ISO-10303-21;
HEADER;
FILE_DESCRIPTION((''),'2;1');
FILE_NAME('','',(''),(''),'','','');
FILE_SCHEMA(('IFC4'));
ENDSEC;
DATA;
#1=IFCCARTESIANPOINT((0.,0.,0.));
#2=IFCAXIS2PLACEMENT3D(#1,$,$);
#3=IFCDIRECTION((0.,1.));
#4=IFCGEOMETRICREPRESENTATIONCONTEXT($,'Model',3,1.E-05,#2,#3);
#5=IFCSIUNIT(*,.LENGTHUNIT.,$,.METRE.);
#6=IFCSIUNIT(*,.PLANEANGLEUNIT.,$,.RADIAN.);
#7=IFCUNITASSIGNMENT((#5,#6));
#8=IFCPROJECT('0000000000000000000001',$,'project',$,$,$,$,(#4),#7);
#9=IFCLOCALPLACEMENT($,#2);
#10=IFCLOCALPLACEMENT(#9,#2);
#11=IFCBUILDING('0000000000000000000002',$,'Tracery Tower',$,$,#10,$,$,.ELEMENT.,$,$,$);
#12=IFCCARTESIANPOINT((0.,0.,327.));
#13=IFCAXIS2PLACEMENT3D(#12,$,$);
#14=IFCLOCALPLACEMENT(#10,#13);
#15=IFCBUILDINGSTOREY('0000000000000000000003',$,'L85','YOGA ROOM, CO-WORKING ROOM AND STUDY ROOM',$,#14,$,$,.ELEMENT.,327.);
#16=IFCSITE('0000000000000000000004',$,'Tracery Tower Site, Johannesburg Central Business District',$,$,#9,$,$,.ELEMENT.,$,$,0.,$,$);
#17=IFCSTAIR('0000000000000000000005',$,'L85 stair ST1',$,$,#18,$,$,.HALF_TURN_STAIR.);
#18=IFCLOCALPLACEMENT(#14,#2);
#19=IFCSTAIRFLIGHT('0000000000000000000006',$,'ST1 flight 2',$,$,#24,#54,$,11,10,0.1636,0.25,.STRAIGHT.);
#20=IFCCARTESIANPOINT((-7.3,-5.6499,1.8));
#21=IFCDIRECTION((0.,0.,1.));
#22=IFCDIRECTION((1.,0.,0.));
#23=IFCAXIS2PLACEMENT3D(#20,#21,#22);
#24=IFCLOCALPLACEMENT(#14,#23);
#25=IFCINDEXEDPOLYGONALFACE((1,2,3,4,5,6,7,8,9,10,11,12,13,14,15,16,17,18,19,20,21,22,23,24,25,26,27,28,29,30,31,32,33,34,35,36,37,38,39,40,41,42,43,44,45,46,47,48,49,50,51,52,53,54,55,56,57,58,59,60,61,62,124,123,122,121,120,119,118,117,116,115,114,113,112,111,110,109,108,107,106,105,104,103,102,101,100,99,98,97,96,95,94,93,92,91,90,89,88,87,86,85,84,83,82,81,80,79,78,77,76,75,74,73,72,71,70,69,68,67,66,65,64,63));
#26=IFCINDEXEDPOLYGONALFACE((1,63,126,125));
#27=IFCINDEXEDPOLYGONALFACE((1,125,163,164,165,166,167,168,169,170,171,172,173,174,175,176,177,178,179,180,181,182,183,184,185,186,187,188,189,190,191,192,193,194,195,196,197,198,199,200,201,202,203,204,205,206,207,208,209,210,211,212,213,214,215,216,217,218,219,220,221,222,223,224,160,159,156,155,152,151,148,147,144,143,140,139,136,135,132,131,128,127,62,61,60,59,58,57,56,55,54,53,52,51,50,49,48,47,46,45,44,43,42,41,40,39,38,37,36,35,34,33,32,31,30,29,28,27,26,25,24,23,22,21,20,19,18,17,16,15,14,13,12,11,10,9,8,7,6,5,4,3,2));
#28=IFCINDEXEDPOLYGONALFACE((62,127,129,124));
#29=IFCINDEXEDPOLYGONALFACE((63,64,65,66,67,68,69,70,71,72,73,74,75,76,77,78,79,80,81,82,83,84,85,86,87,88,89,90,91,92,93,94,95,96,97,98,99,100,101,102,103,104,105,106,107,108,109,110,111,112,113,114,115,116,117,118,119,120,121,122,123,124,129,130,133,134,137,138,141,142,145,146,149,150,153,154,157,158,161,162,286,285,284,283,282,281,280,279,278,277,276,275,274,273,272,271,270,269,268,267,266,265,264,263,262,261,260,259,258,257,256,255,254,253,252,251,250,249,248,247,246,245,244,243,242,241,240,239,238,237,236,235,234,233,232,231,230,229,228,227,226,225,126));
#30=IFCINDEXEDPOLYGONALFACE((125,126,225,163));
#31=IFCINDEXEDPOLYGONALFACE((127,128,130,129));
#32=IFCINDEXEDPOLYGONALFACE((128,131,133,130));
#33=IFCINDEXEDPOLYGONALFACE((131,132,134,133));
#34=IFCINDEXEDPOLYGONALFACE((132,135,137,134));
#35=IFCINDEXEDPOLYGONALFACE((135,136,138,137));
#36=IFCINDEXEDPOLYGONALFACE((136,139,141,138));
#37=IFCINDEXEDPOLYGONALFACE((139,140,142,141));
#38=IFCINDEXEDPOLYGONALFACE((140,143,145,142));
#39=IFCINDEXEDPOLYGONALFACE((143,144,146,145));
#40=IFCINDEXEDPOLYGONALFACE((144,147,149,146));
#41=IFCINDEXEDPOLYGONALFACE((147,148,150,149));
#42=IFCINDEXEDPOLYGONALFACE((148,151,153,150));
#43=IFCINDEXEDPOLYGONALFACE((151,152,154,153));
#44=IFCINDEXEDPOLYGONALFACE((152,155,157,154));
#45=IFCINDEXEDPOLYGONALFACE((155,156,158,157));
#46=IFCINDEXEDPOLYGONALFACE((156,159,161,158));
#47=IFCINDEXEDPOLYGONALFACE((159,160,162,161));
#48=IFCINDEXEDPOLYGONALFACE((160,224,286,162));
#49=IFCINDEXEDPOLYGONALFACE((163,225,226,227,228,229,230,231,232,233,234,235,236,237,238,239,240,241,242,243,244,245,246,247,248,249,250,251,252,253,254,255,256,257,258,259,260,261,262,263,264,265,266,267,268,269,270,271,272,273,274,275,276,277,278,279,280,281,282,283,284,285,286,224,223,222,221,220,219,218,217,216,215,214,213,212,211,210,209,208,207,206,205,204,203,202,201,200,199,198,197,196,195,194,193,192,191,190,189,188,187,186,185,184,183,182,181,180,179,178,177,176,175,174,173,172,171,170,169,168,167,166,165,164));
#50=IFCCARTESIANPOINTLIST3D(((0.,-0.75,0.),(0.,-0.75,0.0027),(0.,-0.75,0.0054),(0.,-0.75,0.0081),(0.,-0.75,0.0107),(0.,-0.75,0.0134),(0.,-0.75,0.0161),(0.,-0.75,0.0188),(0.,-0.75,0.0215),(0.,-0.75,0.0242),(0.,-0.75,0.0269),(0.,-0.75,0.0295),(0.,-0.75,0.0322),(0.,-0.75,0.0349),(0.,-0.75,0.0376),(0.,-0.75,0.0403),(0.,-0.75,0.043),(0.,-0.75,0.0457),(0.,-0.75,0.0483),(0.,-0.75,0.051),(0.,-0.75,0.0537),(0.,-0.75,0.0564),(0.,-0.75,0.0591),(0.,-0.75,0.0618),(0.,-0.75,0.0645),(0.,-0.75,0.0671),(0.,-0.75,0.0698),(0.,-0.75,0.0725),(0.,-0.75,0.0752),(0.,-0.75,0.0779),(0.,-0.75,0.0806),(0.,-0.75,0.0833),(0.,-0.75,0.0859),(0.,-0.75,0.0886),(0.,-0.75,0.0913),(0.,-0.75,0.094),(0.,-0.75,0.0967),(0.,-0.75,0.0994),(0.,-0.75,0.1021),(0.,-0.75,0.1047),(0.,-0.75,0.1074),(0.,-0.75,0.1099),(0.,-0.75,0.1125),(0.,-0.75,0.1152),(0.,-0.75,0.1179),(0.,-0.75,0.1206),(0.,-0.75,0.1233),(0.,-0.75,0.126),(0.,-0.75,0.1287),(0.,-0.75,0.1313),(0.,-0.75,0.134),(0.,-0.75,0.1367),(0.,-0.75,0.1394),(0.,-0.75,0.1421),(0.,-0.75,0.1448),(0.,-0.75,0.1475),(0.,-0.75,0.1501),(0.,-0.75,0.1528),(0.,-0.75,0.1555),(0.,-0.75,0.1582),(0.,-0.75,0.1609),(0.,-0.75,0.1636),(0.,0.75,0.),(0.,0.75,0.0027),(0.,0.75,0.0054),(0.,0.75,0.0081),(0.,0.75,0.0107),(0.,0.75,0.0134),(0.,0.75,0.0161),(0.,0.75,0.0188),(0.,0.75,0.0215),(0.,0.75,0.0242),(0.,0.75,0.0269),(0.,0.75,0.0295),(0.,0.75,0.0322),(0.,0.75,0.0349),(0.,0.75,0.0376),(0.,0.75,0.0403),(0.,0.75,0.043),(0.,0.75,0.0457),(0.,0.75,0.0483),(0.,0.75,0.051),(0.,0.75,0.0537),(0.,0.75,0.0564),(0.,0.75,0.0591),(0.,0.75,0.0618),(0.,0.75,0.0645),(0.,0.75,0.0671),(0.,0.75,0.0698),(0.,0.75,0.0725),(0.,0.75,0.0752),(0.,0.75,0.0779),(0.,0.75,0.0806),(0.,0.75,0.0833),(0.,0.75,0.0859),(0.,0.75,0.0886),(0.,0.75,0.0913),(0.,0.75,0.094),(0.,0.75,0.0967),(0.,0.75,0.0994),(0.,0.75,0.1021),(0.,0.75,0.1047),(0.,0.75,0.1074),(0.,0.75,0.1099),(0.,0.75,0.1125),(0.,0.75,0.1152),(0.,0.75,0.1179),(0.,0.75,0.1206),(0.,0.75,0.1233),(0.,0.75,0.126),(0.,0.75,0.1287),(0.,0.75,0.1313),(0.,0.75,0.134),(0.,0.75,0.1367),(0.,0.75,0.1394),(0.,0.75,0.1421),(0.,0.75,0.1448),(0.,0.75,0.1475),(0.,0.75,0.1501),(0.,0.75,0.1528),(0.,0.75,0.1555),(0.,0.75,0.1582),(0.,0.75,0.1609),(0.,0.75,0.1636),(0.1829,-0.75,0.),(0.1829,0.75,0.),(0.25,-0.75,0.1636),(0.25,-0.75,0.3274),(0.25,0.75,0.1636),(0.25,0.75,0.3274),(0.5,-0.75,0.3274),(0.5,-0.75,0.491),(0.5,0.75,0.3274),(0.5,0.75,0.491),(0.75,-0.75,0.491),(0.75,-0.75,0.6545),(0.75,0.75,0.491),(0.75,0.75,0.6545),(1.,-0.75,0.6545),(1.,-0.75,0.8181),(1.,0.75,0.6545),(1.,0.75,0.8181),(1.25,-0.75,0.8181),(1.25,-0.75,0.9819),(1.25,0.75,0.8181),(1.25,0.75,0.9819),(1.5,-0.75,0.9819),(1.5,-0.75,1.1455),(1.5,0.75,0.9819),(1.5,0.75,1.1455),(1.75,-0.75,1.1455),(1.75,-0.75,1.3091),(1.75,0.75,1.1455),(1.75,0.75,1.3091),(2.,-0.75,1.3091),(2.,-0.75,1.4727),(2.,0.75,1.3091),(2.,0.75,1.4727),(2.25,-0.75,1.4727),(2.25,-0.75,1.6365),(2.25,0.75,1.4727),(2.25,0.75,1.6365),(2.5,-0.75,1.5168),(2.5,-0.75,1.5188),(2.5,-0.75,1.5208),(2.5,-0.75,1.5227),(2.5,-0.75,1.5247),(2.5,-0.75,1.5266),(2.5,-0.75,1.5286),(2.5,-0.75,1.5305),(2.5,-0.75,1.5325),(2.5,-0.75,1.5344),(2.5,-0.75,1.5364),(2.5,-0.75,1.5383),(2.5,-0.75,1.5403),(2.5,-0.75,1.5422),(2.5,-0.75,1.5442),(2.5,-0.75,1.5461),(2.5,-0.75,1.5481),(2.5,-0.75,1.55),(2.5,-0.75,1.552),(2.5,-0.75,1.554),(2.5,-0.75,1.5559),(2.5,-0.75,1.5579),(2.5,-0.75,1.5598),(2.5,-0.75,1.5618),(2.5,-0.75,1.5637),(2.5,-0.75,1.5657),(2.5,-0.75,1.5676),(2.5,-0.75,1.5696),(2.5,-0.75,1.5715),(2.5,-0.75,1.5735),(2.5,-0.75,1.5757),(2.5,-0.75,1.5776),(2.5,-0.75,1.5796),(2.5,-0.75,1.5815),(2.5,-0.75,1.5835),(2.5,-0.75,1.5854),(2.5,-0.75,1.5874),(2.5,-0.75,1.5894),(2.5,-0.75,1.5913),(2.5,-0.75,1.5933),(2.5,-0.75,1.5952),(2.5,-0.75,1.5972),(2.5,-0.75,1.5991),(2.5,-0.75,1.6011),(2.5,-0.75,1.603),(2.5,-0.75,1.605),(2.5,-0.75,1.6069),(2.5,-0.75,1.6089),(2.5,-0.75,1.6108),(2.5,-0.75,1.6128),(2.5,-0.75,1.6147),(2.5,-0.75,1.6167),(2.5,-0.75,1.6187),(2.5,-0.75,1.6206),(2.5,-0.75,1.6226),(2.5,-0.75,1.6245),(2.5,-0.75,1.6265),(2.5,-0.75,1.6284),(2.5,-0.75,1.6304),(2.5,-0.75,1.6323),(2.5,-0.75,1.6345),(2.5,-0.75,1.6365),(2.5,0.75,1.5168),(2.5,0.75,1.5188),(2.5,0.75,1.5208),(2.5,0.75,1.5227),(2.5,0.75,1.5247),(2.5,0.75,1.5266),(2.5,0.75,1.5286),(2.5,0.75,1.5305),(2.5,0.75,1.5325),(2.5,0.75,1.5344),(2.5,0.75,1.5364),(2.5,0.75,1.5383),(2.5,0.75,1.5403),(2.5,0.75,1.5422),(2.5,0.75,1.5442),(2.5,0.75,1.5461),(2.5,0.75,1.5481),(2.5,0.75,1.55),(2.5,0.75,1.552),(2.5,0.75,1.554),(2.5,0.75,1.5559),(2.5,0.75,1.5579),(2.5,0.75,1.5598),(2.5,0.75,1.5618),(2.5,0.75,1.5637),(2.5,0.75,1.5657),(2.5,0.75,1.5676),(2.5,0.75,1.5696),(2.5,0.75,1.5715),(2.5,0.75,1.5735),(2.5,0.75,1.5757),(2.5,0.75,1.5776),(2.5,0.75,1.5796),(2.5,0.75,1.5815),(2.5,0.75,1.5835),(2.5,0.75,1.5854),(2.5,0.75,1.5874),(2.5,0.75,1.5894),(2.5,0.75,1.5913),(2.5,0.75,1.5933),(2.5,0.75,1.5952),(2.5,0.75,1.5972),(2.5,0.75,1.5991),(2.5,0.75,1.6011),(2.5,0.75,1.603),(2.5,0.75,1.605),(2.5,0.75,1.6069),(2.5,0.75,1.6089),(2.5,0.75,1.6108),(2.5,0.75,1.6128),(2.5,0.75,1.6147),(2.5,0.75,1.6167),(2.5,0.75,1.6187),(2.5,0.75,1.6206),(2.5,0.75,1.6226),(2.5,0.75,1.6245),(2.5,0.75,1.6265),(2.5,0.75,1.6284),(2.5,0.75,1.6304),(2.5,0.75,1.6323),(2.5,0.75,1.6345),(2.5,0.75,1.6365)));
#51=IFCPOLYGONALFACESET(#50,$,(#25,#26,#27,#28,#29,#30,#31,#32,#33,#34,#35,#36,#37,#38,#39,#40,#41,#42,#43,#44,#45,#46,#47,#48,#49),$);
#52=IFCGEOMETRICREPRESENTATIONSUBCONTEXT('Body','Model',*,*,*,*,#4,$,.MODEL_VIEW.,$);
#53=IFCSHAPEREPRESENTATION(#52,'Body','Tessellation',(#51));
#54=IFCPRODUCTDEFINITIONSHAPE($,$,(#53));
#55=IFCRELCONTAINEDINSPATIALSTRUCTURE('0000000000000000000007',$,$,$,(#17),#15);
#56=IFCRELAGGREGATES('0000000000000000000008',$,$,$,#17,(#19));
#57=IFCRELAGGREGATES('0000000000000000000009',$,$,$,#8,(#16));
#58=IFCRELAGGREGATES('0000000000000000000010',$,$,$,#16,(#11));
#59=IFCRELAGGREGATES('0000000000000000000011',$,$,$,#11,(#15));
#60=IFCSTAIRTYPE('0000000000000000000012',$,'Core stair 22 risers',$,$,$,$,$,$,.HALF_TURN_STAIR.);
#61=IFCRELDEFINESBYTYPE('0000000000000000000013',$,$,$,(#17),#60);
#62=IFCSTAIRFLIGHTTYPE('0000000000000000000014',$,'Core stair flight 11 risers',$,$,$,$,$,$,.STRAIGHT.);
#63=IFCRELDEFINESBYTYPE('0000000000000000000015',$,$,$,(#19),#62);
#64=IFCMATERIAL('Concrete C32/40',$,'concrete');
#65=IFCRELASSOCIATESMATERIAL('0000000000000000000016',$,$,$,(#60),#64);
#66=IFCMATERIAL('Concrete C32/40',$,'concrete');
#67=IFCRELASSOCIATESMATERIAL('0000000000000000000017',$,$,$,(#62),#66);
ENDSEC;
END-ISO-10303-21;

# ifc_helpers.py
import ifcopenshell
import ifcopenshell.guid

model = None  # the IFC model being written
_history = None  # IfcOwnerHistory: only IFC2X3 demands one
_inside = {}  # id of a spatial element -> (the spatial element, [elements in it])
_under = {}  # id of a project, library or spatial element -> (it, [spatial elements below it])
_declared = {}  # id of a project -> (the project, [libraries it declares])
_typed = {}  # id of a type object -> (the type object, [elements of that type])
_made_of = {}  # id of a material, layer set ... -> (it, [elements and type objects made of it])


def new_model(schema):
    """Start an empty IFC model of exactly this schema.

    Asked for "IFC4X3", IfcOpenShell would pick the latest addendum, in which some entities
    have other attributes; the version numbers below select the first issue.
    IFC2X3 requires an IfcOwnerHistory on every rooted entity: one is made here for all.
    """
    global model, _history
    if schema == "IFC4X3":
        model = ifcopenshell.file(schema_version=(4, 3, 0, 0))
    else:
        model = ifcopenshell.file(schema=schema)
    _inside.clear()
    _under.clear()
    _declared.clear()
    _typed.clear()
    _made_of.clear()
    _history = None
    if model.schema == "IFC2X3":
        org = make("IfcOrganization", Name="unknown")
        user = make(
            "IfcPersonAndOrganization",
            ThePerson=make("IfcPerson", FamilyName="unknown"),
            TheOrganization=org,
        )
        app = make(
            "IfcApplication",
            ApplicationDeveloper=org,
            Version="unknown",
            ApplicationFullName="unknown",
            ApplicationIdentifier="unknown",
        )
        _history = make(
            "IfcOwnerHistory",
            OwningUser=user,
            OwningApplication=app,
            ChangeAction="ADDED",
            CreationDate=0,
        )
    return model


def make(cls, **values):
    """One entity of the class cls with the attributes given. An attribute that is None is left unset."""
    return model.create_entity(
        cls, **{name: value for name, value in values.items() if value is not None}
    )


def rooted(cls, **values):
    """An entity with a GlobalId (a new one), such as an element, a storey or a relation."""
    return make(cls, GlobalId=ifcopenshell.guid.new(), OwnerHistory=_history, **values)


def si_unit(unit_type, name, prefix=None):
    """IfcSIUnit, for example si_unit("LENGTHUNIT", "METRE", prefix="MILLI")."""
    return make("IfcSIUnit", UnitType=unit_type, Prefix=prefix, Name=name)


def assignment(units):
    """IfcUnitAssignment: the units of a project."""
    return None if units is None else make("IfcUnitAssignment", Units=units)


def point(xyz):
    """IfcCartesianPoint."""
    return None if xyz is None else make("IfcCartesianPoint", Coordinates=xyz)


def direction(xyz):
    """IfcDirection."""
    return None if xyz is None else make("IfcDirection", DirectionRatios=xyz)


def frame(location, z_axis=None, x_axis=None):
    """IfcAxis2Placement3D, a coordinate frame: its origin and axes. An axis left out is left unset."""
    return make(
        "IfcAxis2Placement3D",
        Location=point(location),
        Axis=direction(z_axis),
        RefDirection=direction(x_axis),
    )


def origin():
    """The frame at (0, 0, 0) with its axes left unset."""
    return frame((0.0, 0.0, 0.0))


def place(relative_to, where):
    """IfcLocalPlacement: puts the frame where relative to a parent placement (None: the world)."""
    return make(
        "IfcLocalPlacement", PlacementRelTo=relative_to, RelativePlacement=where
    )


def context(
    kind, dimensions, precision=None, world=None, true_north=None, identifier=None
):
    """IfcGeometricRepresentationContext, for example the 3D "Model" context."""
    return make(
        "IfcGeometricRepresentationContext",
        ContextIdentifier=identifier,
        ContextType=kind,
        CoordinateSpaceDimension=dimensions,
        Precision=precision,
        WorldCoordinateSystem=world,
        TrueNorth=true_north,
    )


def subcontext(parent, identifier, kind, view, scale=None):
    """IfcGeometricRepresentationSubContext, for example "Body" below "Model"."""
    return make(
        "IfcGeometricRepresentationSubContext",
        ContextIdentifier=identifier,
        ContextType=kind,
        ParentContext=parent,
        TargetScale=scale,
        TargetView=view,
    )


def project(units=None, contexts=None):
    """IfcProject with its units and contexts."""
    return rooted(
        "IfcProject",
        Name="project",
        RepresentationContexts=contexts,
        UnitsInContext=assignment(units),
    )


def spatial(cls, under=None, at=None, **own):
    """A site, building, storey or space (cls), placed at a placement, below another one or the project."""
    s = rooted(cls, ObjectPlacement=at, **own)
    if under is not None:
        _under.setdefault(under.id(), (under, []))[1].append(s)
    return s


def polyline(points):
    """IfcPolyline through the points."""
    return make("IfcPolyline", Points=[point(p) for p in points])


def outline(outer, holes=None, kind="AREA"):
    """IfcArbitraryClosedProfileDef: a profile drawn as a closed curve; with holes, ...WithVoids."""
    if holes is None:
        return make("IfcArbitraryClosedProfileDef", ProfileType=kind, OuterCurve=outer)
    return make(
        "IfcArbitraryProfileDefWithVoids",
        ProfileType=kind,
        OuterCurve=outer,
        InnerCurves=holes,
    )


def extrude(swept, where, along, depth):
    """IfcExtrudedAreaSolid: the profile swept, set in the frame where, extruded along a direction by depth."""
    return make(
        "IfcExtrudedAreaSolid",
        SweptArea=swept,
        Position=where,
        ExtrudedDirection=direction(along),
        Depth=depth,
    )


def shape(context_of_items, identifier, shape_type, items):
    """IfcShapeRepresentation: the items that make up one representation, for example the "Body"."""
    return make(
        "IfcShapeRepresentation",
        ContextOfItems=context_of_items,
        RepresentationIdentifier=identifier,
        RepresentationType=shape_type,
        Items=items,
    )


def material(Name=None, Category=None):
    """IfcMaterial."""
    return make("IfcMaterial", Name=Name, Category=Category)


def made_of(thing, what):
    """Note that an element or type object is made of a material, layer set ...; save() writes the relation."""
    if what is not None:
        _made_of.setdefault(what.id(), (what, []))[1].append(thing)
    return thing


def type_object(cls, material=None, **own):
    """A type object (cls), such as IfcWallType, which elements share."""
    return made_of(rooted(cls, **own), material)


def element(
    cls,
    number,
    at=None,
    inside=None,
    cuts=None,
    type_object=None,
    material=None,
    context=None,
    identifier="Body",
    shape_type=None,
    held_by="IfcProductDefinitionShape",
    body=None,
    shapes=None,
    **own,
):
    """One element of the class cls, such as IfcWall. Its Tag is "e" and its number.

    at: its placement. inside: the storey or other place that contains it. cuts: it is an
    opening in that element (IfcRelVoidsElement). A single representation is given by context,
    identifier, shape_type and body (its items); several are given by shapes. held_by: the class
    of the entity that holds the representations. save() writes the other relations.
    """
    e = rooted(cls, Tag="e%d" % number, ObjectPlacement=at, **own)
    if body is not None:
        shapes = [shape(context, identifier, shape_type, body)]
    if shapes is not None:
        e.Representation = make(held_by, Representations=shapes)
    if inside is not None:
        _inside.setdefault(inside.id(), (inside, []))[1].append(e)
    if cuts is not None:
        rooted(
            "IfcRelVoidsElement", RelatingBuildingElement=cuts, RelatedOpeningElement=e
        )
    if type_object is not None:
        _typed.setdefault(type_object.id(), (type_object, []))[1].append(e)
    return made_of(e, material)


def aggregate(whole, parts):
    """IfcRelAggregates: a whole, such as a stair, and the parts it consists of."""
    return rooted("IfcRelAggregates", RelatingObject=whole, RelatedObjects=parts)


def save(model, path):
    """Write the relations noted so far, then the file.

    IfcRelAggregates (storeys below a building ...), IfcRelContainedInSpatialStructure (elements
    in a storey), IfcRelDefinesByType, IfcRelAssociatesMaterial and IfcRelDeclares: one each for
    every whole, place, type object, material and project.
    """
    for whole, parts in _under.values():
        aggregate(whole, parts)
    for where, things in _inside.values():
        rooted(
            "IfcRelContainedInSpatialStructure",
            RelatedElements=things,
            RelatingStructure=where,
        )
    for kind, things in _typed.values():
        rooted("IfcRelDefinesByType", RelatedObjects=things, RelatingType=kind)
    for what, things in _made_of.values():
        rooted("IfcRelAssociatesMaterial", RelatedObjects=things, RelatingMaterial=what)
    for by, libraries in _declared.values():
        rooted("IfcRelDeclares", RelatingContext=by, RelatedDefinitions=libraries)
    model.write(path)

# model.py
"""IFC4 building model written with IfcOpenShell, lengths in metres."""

from ifc_helpers import new_model, si_unit, direction, frame, origin, place, context, subcontext, project, spatial, polyline, outline, extrude, material, type_object, element, aggregate, save


model = new_model("IFC4")

# Units and contexts
model_context = context("Model", 3, precision=1e-05, world=origin(), true_north=direction((0.0, 1.0)))
body_context = subcontext(model_context, "Body", "Model", "MODEL_VIEW")
ifc_project = project(units=[si_unit("LENGTHUNIT", "METRE"), si_unit("PLANEANGLEUNIT", "RADIAN")], contexts=[model_context])

# Site, building, storey
site_placement = place(None, origin())
site = spatial("IfcSite", under=ifc_project, at=site_placement, Name="Tracery Tower Site, Johannesburg Central Business District", CompositionType="ELEMENT", RefElevation=0.0)
building_placement = place(site_placement, origin())
building = spatial("IfcBuilding", under=site, at=building_placement, Name="Tracery Tower", CompositionType="ELEMENT")
storey_placement = place(building_placement, frame((0.0, 0.0, 327.0)))
storey = spatial("IfcBuildingStorey", under=building, at=storey_placement, Name="L85", Description="YOGA ROOM, CO-WORKING ROOM AND STUDY ROOM", CompositionType="ELEMENT", Elevation=327.0)

# Stair, stair flight
ifc_material_1 = material(Name="Concrete C32/40", Category="concrete")
stair_type = type_object("IfcStairType", Name="Core stair 22 risers", PredefinedType="HALF_TURN_STAIR", material=ifc_material_1)
stair_placement = place(storey_placement, origin())
stair = element("IfcStair", 1, at=stair_placement, inside=storey, type_object=stair_type, Name="L85 stair ST1", PredefinedType="HALF_TURN_STAIR")
ifc_material_2 = material(Name="Concrete C32/40", Category="concrete")
stair_flight_type = type_object("IfcStairFlightType", Name="Core stair flight 11 risers", PredefinedType="STRAIGHT", material=ifc_material_2)
stair_flight_1_placement = place(storey_placement, frame((-7.3, -5.6499, 1.8), z_axis=(0.0, 0.0, 1.0), x_axis=(1.0, 0.0, 0.0)))
stair_flight_1 = element("IfcStairFlight", 2, at=stair_flight_1_placement, type_object=stair_flight_type, Name="ST1 flight 2", NumberOfRisers=11, NumberOfTreads=10, PredefinedType="STRAIGHT", RiserHeight=0.1636, TreadLength=0.25, context=body_context, shape_type="SweptSolid", body=[
    extrude(outline(polyline([(0.0, 0.0), (0.0, 0.0027), (0.0, 0.0054), (0.0, 0.0081), (0.0, 0.0107), (0.0, 0.0134), (0.0, 0.0161), (0.0, 0.0188), (0.0, 0.0215), (0.0, 0.0242), (0.0, 0.0269), (0.0, 0.0295), (0.0, 0.0322), (0.0, 0.0349), (0.0, 0.0376), (0.0, 0.0403), (0.0, 0.043), (0.0, 0.0457), (0.0, 0.0483), (0.0, 0.051), (0.0, 0.0537), (0.0, 0.0564), (0.0, 0.0591), (0.0, 0.0618), (0.0, 0.0645), (0.0, 0.0671), (0.0, 0.0698), (0.0, 0.0725), (0.0, 0.0752), (0.0, 0.0779), (0.0, 0.0806), (0.0, 0.0833), (0.0, 0.0859), (0.0, 0.0886), (0.0, 0.0913), (0.0, 0.094), (0.0, 0.0967), (0.0, 0.0994), (0.0, 0.1021), (0.0, 0.1047), (0.0, 0.1074), (0.0, 0.1099), (0.0, 0.1125), (0.0, 0.1152), (0.0, 0.1179), (0.0, 0.1206), (0.0, 0.1233), (0.0, 0.126), (0.0, 0.1287), (0.0, 0.1313), (0.0, 0.134), (0.0, 0.1367), (0.0, 0.1394), (0.0, 0.1421), (0.0, 0.1448), (0.0, 0.1475), (0.0, 0.1501), (0.0, 0.1528), (0.0, 0.1555), (0.0, 0.1582), (0.0, 0.1609), (0.0, 0.1636), (0.25, 0.1636), (0.25, 0.3274), (0.5, 0.3274), (0.5, 0.491), (0.75, 0.491), (0.75, 0.6545), (1.0, 0.6545), (1.0, 0.8181), (1.25, 0.8181), (1.25, 0.9819), (1.5, 0.9819), (1.5, 1.1455), (1.75, 1.1455), (1.75, 1.3091), (2.0, 1.3091), (2.0, 1.4727), (2.25, 1.4727), (2.25, 1.6365), (2.5, 1.6365), (2.5, 1.6345), (2.5, 1.6323), (2.5, 1.6304), (2.5, 1.6284), (2.5, 1.6265), (2.5, 1.6245), (2.5, 1.6226), (2.5, 1.6206), (2.5, 1.6187), (2.5, 1.6167), (2.5, 1.6147), (2.5, 1.6128), (2.5, 1.6108), (2.5, 1.6089), (2.5, 1.6069), (2.5, 1.605), (2.5, 1.603), (2.5, 1.6011), (2.5, 1.5991), (2.5, 1.5972), (2.5, 1.5952), (2.5, 1.5933), (2.5, 1.5913), (2.5, 1.5894), (2.5, 1.5874), (2.5, 1.5854), (2.5, 1.5835), (2.5, 1.5815), (2.5, 1.5796), (2.5, 1.5776), (2.5, 1.5757), (2.5, 1.5735), (2.5, 1.5715), (2.5, 1.5696), (2.5, 1.5676), (2.5, 1.5657), (2.5, 1.5637), (2.5, 1.5618), (2.5, 1.5598), (2.5, 1.5579), (2.5, 1.5559), (2.5, 1.554), (2.5, 1.552), (2.5, 1.55), (2.5, 1.5481), (2.5, 1.5461), (2.5, 1.5442), (2.5, 1.5422), (2.5, 1.5403), (2.5, 1.5383), (2.5, 1.5364), (2.5, 1.5344), (2.5, 1.5325), (2.5, 1.5305), (2.5, 1.5286), (2.5, 1.5266), (2.5, 1.5247), (2.5, 1.5227), (2.5, 1.5208), (2.5, 1.5188), (2.5, 1.5168), (0.1829, 0.0), (0.0, 0.0)])), frame((0.0, 0.75, 0.0), z_axis=(0.0, -1.0, 0.0), x_axis=(1.0, 0.0, 0.0)), (0.0, 0.0, 1.0), 1.5),
])
aggregate(stair, [stair_flight_1])

save(model, "model.ifc")
